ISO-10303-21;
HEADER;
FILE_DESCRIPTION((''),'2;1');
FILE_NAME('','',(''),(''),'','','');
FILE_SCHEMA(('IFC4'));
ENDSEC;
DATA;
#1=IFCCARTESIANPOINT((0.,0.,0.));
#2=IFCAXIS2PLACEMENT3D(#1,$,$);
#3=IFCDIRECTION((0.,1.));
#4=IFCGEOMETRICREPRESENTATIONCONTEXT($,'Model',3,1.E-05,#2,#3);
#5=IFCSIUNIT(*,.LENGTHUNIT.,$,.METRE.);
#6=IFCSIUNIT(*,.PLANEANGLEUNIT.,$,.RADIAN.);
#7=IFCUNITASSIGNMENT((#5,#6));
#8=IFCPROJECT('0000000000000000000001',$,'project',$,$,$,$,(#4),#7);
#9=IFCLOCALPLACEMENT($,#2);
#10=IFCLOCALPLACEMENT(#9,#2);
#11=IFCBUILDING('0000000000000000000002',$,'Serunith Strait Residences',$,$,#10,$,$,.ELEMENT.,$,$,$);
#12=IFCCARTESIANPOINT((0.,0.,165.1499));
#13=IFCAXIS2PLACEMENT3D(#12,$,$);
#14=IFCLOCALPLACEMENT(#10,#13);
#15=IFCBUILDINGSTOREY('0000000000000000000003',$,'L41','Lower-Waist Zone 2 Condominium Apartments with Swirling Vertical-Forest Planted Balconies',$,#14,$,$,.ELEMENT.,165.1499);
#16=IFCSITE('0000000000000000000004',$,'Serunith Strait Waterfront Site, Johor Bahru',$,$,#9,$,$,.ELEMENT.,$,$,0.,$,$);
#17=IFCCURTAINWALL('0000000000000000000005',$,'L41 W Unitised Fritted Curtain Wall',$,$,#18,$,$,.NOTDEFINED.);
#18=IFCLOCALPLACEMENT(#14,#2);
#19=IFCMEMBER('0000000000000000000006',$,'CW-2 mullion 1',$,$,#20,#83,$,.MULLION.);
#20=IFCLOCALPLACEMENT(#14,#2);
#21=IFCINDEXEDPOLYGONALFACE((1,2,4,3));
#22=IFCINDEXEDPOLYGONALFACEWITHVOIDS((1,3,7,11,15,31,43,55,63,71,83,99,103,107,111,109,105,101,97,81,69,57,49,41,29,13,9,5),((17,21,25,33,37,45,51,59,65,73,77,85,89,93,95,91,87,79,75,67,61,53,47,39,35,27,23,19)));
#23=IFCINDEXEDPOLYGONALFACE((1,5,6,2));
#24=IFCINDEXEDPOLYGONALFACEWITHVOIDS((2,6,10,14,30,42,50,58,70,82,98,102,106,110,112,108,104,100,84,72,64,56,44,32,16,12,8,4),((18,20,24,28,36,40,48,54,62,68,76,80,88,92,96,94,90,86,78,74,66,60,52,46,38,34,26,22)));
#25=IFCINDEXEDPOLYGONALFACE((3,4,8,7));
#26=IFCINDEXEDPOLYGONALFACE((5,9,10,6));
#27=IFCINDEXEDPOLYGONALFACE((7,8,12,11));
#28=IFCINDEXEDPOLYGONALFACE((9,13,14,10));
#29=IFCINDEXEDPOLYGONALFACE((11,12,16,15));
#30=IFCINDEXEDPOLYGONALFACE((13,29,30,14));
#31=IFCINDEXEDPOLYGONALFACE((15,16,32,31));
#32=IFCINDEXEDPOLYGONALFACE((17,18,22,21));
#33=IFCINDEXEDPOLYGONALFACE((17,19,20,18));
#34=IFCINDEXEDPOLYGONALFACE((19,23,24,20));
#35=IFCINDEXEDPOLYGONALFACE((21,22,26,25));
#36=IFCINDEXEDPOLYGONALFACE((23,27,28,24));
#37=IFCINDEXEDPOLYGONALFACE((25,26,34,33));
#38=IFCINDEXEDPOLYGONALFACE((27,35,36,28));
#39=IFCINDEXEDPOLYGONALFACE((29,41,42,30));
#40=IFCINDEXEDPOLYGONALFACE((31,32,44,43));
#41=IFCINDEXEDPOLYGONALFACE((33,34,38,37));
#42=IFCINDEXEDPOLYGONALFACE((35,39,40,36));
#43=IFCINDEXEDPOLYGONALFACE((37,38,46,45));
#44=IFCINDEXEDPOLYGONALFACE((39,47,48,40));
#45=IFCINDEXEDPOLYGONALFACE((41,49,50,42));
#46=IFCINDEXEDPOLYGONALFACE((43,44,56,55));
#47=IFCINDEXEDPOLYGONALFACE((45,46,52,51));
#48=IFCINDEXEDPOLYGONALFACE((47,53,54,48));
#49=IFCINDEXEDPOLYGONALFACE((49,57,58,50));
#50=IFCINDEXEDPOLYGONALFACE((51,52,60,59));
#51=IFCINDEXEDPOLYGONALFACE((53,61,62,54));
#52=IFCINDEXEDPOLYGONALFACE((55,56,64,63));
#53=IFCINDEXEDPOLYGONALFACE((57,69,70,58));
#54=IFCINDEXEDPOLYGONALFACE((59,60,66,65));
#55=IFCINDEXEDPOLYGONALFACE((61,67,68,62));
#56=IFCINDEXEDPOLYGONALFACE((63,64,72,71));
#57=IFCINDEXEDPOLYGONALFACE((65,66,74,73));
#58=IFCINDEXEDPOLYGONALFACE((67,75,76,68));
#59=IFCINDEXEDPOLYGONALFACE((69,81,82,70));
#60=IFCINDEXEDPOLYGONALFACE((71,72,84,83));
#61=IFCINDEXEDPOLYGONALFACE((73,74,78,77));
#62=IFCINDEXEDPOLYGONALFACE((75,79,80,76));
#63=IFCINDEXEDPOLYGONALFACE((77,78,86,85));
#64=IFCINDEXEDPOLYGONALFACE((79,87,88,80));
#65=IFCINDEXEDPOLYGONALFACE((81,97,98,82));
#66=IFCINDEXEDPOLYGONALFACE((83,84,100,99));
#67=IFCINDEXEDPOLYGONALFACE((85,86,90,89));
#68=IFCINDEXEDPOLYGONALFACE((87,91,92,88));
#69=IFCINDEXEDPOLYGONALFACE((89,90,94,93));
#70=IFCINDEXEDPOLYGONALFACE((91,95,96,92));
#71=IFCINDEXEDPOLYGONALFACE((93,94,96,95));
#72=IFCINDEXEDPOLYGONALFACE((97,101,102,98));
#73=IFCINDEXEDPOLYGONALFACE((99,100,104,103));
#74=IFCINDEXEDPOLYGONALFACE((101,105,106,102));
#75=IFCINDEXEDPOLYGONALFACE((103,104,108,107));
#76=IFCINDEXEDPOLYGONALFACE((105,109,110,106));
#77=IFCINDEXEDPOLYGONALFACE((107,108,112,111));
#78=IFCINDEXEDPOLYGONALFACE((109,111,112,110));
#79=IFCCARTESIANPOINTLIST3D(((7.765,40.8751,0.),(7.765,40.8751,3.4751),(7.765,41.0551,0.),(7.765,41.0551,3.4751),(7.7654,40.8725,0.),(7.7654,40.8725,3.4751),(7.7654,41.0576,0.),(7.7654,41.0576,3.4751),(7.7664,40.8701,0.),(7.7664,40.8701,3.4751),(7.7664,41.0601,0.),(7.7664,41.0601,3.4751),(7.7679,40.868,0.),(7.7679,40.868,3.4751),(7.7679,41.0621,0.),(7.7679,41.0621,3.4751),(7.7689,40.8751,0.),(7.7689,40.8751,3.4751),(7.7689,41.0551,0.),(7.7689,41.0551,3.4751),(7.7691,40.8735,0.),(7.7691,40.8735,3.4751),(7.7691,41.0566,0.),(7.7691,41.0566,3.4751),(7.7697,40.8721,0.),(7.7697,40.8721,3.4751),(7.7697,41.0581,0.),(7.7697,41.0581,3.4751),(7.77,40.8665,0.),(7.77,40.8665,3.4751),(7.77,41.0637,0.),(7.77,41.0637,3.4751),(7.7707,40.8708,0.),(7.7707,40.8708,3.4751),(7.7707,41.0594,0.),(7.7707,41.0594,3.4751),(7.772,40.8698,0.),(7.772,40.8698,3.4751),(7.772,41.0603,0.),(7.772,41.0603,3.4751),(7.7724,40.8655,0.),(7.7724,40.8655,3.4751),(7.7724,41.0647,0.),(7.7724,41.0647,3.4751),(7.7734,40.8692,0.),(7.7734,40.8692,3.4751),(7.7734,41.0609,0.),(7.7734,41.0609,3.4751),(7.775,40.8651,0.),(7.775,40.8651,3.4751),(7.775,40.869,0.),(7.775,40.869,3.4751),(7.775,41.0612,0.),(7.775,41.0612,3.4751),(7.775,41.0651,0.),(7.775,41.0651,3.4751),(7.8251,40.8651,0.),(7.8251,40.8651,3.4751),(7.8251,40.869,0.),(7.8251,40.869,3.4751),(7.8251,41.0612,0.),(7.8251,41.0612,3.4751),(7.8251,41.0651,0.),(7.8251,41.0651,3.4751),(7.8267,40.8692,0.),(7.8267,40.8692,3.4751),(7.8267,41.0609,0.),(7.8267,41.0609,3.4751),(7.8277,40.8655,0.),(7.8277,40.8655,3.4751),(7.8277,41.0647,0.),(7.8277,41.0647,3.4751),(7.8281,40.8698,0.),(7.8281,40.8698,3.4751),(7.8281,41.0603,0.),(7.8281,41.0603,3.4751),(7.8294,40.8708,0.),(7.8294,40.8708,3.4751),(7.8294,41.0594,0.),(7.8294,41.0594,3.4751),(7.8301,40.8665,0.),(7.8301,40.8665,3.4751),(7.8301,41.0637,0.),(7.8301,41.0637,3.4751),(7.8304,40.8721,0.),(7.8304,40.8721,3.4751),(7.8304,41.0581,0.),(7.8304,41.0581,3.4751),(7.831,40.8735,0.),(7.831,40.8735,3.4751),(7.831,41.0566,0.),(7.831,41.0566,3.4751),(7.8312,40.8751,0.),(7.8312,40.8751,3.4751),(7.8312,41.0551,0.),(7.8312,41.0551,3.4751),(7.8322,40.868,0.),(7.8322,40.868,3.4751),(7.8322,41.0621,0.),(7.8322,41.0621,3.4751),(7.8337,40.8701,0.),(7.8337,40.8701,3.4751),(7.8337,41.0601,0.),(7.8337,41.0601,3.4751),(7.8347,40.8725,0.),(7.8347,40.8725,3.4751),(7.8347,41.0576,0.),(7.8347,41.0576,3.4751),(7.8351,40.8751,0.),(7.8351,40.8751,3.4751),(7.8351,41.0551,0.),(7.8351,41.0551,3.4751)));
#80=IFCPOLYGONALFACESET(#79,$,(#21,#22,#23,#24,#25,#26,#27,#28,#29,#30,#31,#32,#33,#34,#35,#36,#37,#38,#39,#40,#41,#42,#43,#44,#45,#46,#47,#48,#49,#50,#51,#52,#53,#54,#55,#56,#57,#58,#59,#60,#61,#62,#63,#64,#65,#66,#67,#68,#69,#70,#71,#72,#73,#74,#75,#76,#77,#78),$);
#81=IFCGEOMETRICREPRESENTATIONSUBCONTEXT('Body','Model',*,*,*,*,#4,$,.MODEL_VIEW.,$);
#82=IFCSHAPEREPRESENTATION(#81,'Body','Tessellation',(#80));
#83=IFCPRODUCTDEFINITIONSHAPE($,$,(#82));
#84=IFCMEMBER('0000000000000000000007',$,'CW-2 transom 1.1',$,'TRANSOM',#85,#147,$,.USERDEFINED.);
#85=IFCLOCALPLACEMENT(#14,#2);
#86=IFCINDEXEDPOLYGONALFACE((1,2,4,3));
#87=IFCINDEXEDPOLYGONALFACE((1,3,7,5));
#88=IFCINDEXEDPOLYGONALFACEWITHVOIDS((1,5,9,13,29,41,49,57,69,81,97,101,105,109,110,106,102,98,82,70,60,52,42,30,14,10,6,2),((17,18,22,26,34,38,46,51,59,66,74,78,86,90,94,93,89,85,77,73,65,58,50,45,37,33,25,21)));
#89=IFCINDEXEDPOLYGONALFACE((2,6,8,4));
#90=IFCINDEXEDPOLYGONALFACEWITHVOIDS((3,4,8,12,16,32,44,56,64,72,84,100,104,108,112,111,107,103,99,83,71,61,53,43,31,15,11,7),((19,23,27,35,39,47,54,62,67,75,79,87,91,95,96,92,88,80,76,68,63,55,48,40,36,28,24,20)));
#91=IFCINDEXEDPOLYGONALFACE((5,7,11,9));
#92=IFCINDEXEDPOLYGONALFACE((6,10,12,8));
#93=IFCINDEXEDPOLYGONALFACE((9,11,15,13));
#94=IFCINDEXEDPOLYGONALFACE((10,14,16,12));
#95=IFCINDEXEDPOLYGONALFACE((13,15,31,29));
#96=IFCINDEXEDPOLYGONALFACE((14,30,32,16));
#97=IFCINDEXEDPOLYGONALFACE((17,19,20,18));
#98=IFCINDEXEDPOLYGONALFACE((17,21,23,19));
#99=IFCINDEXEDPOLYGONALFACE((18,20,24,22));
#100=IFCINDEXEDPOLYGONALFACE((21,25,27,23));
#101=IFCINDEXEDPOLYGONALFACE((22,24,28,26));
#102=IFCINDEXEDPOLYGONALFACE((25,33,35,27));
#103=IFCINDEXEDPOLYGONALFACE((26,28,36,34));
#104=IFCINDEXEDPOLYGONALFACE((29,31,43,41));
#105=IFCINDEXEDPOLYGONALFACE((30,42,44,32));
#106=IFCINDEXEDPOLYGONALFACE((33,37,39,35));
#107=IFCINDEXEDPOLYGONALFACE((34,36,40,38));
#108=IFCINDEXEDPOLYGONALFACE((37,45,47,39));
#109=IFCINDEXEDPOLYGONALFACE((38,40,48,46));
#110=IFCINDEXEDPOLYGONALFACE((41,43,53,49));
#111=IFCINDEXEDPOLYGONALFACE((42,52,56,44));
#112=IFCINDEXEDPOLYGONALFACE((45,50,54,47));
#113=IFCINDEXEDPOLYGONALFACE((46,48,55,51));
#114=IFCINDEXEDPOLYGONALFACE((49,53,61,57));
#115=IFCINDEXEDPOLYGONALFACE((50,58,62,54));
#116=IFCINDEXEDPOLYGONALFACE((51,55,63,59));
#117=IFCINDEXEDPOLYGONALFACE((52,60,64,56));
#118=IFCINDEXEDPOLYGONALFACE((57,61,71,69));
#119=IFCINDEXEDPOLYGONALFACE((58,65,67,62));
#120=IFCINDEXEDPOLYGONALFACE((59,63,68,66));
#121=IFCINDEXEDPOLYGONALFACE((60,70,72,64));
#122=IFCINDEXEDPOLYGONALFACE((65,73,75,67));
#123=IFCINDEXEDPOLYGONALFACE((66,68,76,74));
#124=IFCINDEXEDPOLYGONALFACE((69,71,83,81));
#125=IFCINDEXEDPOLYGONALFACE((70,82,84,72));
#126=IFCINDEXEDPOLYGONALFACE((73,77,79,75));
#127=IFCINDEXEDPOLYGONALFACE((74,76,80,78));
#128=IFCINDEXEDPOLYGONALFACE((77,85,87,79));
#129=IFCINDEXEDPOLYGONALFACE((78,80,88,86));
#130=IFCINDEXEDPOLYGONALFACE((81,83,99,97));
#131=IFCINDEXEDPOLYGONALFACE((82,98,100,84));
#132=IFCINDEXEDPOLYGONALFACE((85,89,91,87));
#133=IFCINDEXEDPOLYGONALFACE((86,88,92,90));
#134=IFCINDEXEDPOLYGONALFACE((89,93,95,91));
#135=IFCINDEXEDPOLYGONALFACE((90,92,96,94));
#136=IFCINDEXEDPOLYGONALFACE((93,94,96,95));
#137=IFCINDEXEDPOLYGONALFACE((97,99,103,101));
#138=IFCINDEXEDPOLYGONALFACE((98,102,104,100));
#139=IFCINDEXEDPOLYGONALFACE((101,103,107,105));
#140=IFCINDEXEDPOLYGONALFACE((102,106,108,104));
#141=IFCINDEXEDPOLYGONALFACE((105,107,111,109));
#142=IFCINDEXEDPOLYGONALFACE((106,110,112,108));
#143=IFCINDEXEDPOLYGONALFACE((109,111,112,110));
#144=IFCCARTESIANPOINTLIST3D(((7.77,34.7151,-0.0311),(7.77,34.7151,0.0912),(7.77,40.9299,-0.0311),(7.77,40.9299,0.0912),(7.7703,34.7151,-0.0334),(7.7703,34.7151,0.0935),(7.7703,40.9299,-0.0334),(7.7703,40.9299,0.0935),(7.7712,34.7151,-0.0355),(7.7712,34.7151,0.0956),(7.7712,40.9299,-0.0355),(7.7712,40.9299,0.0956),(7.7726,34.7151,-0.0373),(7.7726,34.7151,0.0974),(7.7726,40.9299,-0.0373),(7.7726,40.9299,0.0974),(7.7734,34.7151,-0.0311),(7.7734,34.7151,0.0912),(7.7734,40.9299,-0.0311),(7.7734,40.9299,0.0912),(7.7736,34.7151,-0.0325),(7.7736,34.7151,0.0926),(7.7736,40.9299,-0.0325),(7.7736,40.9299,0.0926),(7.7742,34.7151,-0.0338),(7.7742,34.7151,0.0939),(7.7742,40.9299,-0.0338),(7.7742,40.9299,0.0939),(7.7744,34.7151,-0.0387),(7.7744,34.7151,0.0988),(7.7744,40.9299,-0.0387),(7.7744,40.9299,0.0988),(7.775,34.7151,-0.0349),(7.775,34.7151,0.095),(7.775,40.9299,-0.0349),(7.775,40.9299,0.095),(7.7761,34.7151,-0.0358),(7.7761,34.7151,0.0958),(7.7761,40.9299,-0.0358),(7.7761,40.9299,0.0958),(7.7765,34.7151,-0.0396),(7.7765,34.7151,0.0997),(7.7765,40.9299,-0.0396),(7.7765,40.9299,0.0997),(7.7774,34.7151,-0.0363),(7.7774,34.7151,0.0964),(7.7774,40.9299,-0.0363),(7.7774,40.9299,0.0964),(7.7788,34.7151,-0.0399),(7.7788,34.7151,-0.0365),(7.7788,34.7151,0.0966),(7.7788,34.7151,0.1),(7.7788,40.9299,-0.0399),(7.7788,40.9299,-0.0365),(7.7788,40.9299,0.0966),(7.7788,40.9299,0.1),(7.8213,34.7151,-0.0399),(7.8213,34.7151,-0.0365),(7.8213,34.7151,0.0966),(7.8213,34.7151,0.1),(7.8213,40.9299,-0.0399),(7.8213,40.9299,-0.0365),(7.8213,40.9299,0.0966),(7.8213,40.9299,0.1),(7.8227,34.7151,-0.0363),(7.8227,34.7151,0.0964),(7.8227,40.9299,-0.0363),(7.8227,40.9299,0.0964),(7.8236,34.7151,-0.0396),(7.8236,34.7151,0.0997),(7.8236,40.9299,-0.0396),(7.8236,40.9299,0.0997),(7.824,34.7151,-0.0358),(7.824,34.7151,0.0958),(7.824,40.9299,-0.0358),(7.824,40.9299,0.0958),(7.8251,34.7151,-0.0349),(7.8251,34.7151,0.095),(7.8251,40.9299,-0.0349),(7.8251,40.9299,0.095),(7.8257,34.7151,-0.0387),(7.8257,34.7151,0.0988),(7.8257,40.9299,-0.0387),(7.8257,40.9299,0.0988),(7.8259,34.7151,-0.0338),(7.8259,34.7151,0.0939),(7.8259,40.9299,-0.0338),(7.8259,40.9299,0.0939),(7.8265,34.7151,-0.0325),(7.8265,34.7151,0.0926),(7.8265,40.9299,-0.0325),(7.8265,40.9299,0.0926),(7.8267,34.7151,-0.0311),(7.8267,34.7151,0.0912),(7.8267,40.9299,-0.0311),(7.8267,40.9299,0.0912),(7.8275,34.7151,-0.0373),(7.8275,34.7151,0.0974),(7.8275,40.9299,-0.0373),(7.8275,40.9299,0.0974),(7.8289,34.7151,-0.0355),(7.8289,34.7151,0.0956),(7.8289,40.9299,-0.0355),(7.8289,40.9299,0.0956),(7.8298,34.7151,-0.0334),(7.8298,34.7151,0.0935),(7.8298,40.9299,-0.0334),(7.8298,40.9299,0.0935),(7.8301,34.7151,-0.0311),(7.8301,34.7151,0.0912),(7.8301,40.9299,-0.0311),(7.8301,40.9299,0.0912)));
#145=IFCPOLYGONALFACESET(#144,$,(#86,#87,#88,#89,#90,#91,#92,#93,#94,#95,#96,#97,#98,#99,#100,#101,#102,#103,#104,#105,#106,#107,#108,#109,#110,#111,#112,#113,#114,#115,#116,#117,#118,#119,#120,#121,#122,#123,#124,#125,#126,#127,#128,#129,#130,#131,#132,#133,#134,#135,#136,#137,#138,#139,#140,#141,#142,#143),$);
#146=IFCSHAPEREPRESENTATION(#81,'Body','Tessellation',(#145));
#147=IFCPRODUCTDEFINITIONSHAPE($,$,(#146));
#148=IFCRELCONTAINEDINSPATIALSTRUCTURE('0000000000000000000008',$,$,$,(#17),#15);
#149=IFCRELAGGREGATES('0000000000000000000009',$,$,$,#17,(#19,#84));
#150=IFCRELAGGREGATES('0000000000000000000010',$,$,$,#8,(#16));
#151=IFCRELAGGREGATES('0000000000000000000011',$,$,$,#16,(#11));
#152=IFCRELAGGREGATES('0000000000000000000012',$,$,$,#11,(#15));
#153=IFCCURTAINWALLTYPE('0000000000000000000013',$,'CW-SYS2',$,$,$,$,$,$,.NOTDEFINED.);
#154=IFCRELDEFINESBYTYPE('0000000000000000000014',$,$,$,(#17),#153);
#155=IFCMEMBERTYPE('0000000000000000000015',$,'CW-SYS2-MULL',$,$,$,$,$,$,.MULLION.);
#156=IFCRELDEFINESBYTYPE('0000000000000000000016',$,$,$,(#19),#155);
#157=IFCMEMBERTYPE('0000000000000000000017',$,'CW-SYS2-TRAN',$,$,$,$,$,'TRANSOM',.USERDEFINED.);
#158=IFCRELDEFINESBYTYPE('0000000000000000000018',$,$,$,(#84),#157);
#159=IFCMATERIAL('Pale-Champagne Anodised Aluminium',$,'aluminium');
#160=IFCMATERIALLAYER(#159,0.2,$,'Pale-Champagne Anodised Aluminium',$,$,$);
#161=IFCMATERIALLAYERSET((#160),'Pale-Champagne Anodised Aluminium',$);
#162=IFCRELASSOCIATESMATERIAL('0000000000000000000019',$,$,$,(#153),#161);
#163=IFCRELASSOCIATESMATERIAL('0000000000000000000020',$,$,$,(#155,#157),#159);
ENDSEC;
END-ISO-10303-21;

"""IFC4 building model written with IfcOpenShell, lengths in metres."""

from ifc_helpers import new_model, si_unit, direction, frame, origin, origin_2d, place, context, subcontext, project, spatial, hollow_rectangle, extrude, source, transform, mapped, material, layer, layer_set, material_profile, profile_set, type_object, element, aggregate, save


model = new_model("IFC4")

# Units and contexts
model_context = context("Model", 3, precision=1e-05, world=origin(), true_north=direction((0.0, 1.0)))
body_context = subcontext(model_context, "Body", "Model", "MODEL_VIEW")
ifc_project = project(units=[si_unit("LENGTHUNIT", "METRE"), si_unit("PLANEANGLEUNIT", "RADIAN")], contexts=[model_context])

# Site, building, storey
site_placement = place(None, origin())
site = spatial("IfcSite", under=ifc_project, at=site_placement, Name="Serunith Strait Waterfront Site, Johor Bahru", CompositionType="ELEMENT", RefElevation=0.0)
building_placement = place(site_placement, origin())
building = spatial("IfcBuilding", under=site, at=building_placement, Name="Serunith Strait Residences", CompositionType="ELEMENT")
storey_placement = place(building_placement, frame((0.0, 0.0, 165.1499)))
storey = spatial("IfcBuildingStorey", under=building, at=storey_placement, Name="L41", Description="Lower-Waist Zone 2 Condominium Apartments with Swirling Vertical-Forest Planted Balconies", CompositionType="ELEMENT", Elevation=165.1499)

# Shared definitions
ifc_material_1 = material(Name="Pale-Champagne Anodised Aluminium", Category="aluminium")
ifc_layer_1 = layer(ifc_material_1, 0.2, Name="Pale-Champagne Anodised Aluminium")
ifc_layer_set_1 = layer_set([ifc_layer_1], Name="Pale-Champagne Anodised Aluminium")
curtain_wall_type = type_object("IfcCurtainWallType", Name="CW-SYS2", PredefinedType="NOTDEFINED", material=ifc_layer_set_1)
ifc_material_profile_1 = material_profile(ifc_material_1, hollow_rectangle(XDim=0.0701, YDim=0.2, WallThickness=0.0039, InnerFilletRadius=0.0061, OuterFilletRadius=0.01, at=origin_2d()), Name="ALU 200x70x4")
ifc_profile_set_1 = profile_set([ifc_material_profile_1], Name="Pale-Champagne Anodised Aluminium")
member_type_1 = type_object("IfcMemberType", Name="CW-SYS2-MULL", PredefinedType="MULLION", material=ifc_profile_set_1)
shared_shape_1 = source(origin(), body_context, "Body", "SweptSolid", [
    extrude(hollow_rectangle(XDim=0.0701, YDim=0.2, WallThickness=0.0039, InnerFilletRadius=0.0061, OuterFilletRadius=0.01, at=origin_2d()), origin(), (0.0, 0.0, 1.0), 3.4751),
])

# Curtain wall, members
curtain_wall_1_placement = place(storey_placement, origin())
curtain_wall_1 = element("IfcCurtainWall", 1, at=curtain_wall_1_placement, inside=storey, type_object=curtain_wall_type, Name="L41 W Unitised Fritted Curtain Wall", PredefinedType="NOTDEFINED")
member_1_placement = place(storey_placement, frame((7.8, 40.9651, 0.0), z_axis=(0.0, 0.0, 1.0), x_axis=(1.0, 0.0, 0.0)))
member_1 = element("IfcMember", 2, at=member_1_placement, type_object=member_type_1, Name="CW-2 mullion 1", PredefinedType="MULLION", context=body_context, shape_type="MappedRepresentation", body=[
    mapped(shared_shape_1, transform((0.0, 0.0, 0.0), scale=1.0)),
])
ifc_material_profile_2 = material_profile(ifc_material_1, hollow_rectangle(XDim=0.0601, YDim=0.1399, WallThickness=0.0034, InnerFilletRadius=0.0054, OuterFilletRadius=0.0088, at=origin_2d()), Name="ALU 140x60x3.5")
ifc_profile_set_2 = profile_set([ifc_material_profile_2], Name="Pale-Champagne Anodised Aluminium")
member_type_2 = type_object("IfcMemberType", Name="CW-SYS2-TRAN", ElementType="TRANSOM", PredefinedType="USERDEFINED", material=ifc_profile_set_2)
shared_shape_2 = source(origin(), body_context, "Body", "SweptSolid", [
    extrude(hollow_rectangle(XDim=0.0601, YDim=0.1399, WallThickness=0.0034, InnerFilletRadius=0.0054, OuterFilletRadius=0.0088, at=origin_2d()), origin(), (0.0, 0.0, 1.0), 6.2148),
])
member_2_placement = place(storey_placement, frame((7.8, 40.9299, 0.03), z_axis=(0.0, -1.0, 0.0), x_axis=(1.0, 0.0, 0.0)))
member_2 = element("IfcMember", 3, at=member_2_placement, type_object=member_type_2, Name="CW-2 transom 1.1", ObjectType="TRANSOM", PredefinedType="USERDEFINED", context=body_context, shape_type="MappedRepresentation", body=[
    mapped(shared_shape_2, transform((0.0, 0.0, 0.0), scale=1.0)),
])
aggregate(curtain_wall_1, [member_1, member_2])

save(model, "model.ifc")
